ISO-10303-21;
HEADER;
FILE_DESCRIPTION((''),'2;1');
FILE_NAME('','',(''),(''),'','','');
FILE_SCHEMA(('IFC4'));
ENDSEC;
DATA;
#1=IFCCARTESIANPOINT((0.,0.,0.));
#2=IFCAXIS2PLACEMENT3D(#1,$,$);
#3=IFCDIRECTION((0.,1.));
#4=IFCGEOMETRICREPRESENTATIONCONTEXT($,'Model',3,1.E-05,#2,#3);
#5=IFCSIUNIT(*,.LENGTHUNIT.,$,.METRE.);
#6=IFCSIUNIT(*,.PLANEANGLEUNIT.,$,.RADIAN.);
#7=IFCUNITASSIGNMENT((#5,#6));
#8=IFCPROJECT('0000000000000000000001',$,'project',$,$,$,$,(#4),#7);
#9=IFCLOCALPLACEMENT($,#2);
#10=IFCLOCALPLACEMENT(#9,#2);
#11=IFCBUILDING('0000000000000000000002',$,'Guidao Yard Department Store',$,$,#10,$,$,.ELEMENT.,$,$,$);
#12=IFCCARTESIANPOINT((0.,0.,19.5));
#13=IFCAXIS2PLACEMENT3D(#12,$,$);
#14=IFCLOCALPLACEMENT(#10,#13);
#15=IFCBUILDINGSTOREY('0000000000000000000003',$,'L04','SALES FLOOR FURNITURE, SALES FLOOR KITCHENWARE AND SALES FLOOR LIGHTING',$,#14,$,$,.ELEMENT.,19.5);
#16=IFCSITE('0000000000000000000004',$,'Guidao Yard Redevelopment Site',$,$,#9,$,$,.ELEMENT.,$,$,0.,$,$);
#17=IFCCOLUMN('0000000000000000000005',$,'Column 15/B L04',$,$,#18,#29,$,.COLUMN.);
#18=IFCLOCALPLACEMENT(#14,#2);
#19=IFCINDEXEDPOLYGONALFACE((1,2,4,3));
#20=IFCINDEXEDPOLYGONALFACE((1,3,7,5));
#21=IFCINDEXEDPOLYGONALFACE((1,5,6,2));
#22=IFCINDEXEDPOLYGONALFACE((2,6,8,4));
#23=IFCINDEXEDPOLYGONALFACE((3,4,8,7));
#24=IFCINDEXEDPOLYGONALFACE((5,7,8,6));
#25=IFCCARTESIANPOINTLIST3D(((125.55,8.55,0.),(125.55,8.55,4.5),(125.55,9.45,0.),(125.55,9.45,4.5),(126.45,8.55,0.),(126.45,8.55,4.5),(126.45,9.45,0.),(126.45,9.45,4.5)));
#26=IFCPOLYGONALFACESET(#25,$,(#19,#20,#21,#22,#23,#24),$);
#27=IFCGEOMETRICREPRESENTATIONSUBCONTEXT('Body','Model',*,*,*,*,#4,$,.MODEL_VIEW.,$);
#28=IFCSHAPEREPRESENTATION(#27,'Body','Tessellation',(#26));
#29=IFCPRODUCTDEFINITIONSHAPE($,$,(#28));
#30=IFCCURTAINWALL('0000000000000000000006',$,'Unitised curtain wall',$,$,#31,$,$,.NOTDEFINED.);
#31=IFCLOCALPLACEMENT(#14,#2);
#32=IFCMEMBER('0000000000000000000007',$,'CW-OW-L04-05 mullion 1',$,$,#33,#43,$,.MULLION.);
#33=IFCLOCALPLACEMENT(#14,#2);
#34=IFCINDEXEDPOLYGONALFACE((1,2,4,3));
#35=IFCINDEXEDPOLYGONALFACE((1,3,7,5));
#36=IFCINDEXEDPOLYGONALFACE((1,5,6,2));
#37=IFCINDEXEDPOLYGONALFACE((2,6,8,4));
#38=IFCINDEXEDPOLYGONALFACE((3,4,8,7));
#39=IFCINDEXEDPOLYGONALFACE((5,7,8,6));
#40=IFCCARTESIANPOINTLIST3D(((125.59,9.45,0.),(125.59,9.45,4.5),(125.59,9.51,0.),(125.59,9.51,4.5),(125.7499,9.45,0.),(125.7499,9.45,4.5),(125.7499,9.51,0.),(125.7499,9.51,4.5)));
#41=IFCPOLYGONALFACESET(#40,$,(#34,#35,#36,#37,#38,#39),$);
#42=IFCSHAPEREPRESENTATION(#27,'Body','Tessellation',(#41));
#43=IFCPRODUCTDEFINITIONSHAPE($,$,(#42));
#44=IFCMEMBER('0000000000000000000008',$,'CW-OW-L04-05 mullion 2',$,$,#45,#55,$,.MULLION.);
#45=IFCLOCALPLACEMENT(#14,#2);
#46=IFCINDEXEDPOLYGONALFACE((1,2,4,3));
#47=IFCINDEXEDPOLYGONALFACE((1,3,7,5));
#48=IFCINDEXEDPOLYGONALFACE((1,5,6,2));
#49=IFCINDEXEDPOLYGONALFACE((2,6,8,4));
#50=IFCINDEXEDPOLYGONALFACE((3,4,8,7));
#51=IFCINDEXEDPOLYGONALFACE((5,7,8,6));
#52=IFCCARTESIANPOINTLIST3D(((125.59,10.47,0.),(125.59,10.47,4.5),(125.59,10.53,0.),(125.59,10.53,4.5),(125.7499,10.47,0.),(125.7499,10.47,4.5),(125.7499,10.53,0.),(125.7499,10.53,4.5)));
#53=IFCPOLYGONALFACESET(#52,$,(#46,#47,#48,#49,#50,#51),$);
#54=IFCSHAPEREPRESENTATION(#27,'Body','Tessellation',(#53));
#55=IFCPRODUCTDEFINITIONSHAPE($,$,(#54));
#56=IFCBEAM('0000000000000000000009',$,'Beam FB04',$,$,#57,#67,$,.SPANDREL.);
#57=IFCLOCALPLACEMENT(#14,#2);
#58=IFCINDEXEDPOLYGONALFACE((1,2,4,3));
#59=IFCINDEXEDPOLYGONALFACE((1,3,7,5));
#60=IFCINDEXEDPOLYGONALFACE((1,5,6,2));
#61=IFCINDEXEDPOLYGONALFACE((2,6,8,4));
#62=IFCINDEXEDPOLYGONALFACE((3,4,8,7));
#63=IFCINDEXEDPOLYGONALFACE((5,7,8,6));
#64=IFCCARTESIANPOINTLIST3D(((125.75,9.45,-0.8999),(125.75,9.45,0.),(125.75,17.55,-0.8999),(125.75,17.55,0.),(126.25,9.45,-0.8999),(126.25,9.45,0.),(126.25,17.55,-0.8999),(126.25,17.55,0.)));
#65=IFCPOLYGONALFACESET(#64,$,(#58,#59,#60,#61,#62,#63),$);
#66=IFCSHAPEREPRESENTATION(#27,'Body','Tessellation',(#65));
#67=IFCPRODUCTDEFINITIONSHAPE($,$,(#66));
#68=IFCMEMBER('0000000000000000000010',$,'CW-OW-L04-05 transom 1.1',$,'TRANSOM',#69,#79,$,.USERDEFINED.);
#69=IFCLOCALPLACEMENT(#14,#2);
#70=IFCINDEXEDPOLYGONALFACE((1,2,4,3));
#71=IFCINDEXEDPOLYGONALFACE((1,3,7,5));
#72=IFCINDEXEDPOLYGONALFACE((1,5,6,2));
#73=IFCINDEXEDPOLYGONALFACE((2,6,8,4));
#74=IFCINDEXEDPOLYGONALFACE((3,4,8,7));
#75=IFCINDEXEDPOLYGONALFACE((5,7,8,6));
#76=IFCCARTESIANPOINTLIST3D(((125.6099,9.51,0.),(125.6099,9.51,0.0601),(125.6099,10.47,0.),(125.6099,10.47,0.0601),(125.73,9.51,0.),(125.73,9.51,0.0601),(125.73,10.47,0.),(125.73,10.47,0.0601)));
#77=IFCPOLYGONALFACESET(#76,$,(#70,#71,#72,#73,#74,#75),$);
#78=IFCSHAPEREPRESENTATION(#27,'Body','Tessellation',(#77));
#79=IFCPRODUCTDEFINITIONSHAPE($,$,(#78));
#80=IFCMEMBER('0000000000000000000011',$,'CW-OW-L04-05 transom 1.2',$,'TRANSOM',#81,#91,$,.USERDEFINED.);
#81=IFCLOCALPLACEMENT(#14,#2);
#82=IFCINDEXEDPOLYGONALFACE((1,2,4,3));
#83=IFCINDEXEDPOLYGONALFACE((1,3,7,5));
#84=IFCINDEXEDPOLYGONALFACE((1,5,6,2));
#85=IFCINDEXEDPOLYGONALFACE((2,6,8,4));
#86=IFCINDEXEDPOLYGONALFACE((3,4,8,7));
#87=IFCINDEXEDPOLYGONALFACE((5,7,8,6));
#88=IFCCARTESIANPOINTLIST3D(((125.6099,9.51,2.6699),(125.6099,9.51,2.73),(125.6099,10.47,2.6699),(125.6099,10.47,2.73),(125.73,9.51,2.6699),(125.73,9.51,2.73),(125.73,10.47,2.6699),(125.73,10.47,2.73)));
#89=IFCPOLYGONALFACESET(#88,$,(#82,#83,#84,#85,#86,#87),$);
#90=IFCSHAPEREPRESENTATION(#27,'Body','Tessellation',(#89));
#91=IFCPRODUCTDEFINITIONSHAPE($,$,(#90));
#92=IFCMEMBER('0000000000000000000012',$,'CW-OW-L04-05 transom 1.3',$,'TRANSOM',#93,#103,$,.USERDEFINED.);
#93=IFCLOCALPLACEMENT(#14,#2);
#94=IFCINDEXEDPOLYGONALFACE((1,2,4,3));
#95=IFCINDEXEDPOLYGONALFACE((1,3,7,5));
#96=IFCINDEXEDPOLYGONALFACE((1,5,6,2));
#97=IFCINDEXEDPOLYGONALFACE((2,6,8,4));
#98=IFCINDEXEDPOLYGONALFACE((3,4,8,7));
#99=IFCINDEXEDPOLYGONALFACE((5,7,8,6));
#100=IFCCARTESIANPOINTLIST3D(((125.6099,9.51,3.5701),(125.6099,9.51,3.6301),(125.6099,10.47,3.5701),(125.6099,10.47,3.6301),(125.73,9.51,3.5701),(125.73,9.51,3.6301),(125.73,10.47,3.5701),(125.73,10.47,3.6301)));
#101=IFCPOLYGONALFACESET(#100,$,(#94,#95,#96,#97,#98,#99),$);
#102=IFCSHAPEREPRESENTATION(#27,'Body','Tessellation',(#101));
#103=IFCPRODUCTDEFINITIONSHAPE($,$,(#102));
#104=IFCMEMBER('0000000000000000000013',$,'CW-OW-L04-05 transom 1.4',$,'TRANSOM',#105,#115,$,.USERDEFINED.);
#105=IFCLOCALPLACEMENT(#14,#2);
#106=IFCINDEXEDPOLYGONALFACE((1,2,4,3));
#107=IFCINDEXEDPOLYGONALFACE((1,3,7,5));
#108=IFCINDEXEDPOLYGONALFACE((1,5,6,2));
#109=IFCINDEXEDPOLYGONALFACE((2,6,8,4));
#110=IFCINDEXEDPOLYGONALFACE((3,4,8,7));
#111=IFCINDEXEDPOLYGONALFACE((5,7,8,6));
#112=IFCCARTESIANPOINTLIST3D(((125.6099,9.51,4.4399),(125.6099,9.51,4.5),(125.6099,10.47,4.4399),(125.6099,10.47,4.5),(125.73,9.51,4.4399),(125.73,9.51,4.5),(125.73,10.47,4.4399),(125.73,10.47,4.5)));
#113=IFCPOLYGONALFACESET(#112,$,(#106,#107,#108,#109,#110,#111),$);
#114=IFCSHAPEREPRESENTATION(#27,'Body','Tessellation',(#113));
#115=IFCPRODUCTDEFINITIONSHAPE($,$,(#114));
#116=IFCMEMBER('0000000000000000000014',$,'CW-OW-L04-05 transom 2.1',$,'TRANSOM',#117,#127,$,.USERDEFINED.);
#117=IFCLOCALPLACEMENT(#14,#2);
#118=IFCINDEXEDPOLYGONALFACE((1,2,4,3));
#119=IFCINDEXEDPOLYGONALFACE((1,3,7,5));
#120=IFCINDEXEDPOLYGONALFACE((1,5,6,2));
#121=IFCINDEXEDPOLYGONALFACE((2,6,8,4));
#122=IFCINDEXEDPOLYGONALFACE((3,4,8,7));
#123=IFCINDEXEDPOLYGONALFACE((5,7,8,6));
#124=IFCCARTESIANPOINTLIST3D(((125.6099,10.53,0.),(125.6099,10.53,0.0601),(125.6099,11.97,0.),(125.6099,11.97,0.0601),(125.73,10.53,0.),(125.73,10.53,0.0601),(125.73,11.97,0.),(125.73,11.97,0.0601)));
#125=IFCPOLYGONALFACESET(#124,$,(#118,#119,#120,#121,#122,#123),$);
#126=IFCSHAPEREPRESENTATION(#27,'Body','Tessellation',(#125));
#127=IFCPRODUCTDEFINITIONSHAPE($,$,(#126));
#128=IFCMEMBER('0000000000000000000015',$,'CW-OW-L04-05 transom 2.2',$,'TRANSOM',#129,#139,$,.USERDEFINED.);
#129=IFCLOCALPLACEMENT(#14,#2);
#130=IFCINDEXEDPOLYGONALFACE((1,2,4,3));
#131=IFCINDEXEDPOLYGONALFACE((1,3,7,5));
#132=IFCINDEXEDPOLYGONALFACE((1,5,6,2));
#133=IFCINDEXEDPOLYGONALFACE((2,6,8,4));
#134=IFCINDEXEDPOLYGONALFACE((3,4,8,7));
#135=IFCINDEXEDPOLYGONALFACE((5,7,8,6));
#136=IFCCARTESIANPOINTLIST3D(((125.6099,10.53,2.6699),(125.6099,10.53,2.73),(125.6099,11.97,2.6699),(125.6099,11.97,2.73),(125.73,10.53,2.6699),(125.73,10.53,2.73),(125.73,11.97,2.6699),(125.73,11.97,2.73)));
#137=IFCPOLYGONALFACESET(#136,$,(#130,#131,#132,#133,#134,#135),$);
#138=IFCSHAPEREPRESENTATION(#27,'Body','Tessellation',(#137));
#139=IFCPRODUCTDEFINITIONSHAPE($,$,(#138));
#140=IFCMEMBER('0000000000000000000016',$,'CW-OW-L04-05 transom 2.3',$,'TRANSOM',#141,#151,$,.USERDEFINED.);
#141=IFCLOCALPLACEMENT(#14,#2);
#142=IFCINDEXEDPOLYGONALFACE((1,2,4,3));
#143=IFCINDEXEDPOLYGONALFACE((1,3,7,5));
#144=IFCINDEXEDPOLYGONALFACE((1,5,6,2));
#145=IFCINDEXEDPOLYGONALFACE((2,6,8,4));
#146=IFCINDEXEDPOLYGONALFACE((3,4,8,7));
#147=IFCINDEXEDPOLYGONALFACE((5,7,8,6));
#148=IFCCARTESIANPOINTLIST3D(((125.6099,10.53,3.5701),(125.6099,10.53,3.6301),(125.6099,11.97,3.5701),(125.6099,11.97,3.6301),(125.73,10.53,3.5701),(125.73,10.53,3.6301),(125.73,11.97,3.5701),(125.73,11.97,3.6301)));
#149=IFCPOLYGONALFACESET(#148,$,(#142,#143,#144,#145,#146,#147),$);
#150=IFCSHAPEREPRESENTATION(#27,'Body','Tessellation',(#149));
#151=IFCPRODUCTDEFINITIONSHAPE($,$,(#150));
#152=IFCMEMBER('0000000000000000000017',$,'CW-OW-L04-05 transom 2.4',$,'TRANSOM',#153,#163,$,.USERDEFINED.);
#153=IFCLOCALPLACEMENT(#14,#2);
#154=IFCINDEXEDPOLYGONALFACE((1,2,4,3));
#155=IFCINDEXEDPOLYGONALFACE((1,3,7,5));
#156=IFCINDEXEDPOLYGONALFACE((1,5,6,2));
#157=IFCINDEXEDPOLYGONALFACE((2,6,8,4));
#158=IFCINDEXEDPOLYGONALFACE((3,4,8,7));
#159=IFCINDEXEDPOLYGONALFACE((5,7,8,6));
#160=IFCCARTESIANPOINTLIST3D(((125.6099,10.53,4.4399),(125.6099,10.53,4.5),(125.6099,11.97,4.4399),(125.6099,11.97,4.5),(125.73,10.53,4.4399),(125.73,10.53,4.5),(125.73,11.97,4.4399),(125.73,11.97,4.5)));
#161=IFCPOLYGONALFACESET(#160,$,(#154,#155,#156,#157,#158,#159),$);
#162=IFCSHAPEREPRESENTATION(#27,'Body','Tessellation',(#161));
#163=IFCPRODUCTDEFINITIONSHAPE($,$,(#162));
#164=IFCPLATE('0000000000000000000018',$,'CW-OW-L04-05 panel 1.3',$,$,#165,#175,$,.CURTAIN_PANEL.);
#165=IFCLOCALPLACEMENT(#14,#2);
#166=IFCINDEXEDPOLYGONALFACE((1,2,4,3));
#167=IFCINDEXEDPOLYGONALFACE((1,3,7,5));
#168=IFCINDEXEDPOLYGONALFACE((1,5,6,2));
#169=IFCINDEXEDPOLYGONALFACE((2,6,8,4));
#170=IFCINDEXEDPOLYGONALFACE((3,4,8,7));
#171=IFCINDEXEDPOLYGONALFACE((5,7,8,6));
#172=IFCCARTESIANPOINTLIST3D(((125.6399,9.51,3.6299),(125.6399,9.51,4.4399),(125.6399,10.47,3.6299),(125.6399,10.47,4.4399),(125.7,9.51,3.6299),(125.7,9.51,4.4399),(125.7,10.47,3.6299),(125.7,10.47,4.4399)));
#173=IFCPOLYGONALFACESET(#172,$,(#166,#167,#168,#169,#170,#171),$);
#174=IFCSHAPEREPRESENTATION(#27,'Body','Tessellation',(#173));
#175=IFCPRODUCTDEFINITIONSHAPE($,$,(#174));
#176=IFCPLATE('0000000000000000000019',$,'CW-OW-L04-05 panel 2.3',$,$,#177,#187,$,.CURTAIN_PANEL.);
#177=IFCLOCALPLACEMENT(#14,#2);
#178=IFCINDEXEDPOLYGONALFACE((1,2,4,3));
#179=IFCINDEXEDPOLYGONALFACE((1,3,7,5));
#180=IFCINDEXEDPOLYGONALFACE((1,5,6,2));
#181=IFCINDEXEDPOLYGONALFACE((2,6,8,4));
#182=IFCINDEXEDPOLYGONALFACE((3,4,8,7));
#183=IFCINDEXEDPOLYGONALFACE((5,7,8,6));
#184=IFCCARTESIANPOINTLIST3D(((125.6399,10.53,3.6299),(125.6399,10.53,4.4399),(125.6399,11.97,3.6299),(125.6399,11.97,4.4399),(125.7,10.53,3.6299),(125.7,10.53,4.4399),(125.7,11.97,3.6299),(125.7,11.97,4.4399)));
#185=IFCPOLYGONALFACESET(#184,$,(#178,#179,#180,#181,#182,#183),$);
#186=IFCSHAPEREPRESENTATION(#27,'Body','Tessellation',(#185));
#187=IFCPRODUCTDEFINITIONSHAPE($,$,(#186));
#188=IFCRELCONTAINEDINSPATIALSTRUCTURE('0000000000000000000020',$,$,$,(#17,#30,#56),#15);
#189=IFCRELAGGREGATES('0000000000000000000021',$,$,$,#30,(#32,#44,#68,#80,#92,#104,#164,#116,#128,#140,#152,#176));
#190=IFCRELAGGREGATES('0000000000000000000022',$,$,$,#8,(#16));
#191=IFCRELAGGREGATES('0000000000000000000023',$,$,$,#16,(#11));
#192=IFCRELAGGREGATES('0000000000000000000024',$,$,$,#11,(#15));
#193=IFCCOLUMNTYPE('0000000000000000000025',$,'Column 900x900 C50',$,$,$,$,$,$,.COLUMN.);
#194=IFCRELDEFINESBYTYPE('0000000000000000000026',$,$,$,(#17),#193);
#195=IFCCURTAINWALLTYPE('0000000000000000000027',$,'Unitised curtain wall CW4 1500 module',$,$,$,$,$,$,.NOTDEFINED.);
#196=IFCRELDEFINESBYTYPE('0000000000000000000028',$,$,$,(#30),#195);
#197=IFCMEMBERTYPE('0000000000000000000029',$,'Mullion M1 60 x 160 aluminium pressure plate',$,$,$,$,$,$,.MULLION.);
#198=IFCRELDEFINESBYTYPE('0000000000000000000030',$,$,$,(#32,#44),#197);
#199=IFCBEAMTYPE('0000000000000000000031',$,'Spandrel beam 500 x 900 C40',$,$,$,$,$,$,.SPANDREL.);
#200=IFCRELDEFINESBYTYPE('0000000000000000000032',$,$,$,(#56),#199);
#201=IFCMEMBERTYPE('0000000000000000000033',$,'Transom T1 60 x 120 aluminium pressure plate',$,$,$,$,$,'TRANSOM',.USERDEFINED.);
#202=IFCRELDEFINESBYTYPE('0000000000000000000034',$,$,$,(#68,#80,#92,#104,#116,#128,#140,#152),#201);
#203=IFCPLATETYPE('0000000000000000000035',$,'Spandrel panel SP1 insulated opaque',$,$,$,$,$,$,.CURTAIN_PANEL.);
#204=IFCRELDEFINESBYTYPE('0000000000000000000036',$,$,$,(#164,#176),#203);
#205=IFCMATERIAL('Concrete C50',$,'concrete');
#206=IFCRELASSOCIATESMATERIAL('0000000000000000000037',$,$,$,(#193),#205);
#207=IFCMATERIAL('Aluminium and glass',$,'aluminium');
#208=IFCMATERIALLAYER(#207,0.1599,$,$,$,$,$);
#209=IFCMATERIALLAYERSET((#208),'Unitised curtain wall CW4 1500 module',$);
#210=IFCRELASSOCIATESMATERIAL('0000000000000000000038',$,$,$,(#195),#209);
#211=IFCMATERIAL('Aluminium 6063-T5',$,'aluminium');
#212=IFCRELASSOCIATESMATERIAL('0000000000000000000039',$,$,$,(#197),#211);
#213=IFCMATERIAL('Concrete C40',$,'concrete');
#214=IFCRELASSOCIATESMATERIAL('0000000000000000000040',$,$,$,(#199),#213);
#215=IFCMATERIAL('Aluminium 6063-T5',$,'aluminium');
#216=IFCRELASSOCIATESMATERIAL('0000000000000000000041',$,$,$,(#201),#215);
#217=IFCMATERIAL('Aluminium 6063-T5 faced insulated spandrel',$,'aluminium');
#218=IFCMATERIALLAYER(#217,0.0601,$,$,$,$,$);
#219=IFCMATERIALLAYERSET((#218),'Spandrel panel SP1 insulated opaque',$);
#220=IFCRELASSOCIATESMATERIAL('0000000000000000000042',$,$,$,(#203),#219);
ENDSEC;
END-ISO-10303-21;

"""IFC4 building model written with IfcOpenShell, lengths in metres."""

from ifc_helpers import new_model, si_unit, direction, frame, origin, origin_2d, place, context, subcontext, project, spatial, rectangle, extrude, material, layer, layer_set, material_profile, profile_set, type_object, element, aggregate, save


model = new_model("IFC4")

# Units and contexts
model_context = context("Model", 3, precision=1e-05, world=origin(), true_north=direction((0.0, 1.0)))
body_context = subcontext(model_context, "Body", "Model", "MODEL_VIEW")
ifc_project = project(units=[si_unit("LENGTHUNIT", "METRE"), si_unit("PLANEANGLEUNIT", "RADIAN")], contexts=[model_context])

# Site, building, storey
site_placement = place(None, origin())
site = spatial("IfcSite", under=ifc_project, at=site_placement, Name="Guidao Yard Redevelopment Site", CompositionType="ELEMENT", RefElevation=0.0)
building_placement = place(site_placement, origin())
building = spatial("IfcBuilding", under=site, at=building_placement, Name="Guidao Yard Department Store", CompositionType="ELEMENT")
storey_placement = place(building_placement, frame((0.0, 0.0, 19.5)))
storey = spatial("IfcBuildingStorey", under=building, at=storey_placement, Name="L04", Description="SALES FLOOR FURNITURE, SALES FLOOR KITCHENWARE AND SALES FLOOR LIGHTING", CompositionType="ELEMENT", Elevation=19.5)

# Column
ifc_material_1 = material(Name="Concrete C50", Category="concrete")
ifc_material_profile_1 = material_profile(ifc_material_1, rectangle(XDim=0.8999, YDim=0.8999, at=origin_2d()), Name="COL 900x900")
ifc_profile_set_1 = profile_set([ifc_material_profile_1], Name="Concrete C50")
column_type = type_object("IfcColumnType", Name="Column 900x900 C50", PredefinedType="COLUMN", material=ifc_profile_set_1)
column_placement = place(storey_placement, frame((126.0, 9.0, 0.0), z_axis=(0.0, 0.0, 1.0), x_axis=(1.0, 0.0, 0.0)))
element("IfcColumn", 1, at=column_placement, inside=storey, type_object=column_type, Name="Column 15/B L04", PredefinedType="COLUMN", context=body_context, shape_type="SweptSolid", body=[
    extrude(rectangle(XDim=0.8999, YDim=0.8999, at=origin_2d()), origin(), (0.0, 0.0, 1.0), 4.5),
])

# Curtain wall, members
ifc_material_2 = material(Name="Aluminium and glass", Category="aluminium")
ifc_layer_1 = layer(ifc_material_2, 0.1599)
ifc_layer_set_1 = layer_set([ifc_layer_1], Name="Unitised curtain wall CW4 1500 module")
curtain_wall_type = type_object("IfcCurtainWallType", Name="Unitised curtain wall CW4 1500 module", PredefinedType="NOTDEFINED", material=ifc_layer_set_1)
curtain_wall_placement = place(storey_placement, origin())
curtain_wall = element("IfcCurtainWall", 2, at=curtain_wall_placement, inside=storey, type_object=curtain_wall_type, Name="Unitised curtain wall", PredefinedType="NOTDEFINED")
ifc_material_3 = material(Name="Aluminium 6063-T5", Category="aluminium")
ifc_material_profile_2 = material_profile(ifc_material_3, rectangle(XDim=0.0601, YDim=0.1599, at=origin_2d()), Name="Mullion M1 60 x 160 aluminium pressure plate")
ifc_profile_set_2 = profile_set([ifc_material_profile_2], Name="Aluminium 6063-T5")
member_type_1 = type_object("IfcMemberType", Name="Mullion M1 60 x 160 aluminium pressure plate", PredefinedType="MULLION", material=ifc_profile_set_2)
member_1_placement = place(storey_placement, frame((125.6699, 9.48, 0.0), z_axis=(0.0, 0.0, 1.0), x_axis=(0.0, 1.0, 0.0)))
member_1 = element("IfcMember", 3, at=member_1_placement, type_object=member_type_1, Name="CW-OW-L04-05 mullion 1", PredefinedType="MULLION", context=body_context, shape_type="SweptSolid", body=[
    extrude(rectangle(XDim=0.0601, YDim=0.1599, at=origin_2d()), origin(), (0.0, 0.0, 1.0), 4.5),
])
member_2_placement = place(storey_placement, frame((125.6699, 10.5, 0.0), z_axis=(0.0, 0.0, 1.0), x_axis=(0.0, 1.0, 0.0)))
member_2 = element("IfcMember", 4, at=member_2_placement, type_object=member_type_1, Name="CW-OW-L04-05 mullion 2", PredefinedType="MULLION", context=body_context, shape_type="SweptSolid", body=[
    extrude(rectangle(XDim=0.0601, YDim=0.1599, at=origin_2d()), origin(), (0.0, 0.0, 1.0), 4.5),
])

# Beam
ifc_material_4 = material(Name="Concrete C40", Category="concrete")
ifc_material_profile_3 = material_profile(ifc_material_4, rectangle(XDim=0.5, YDim=0.8999, at=origin_2d()), Name="Spandrel beam 500 x 900 C40")
ifc_profile_set_3 = profile_set([ifc_material_profile_3], Name="Concrete C40")
beam_type = type_object("IfcBeamType", Name="Spandrel beam 500 x 900 C40", PredefinedType="SPANDREL", material=ifc_profile_set_3)
beam_placement = place(storey_placement, frame((126.0, 9.45, -0.45), z_axis=(0.0, 1.0, 0.0), x_axis=(-1.0, 0.0, 0.0)))
element("IfcBeam", 5, at=beam_placement, inside=storey, type_object=beam_type, Name="Beam FB04", PredefinedType="SPANDREL", context=body_context, shape_type="SweptSolid", body=[
    extrude(rectangle(XDim=0.5, YDim=0.8999, at=origin_2d()), origin(), (0.0, 0.0, 1.0), 8.1001),
])

# Members
ifc_material_5 = material(Name="Aluminium 6063-T5", Category="aluminium")
ifc_material_profile_4 = material_profile(ifc_material_5, rectangle(XDim=0.1201, YDim=0.0601, at=origin_2d()), Name="Transom T1 60 x 120 aluminium pressure plate")
ifc_profile_set_4 = profile_set([ifc_material_profile_4], Name="Aluminium 6063-T5")
member_type_2 = type_object("IfcMemberType", Name="Transom T1 60 x 120 aluminium pressure plate", ElementType="TRANSOM", PredefinedType="USERDEFINED", material=ifc_profile_set_4)
member_3_placement = place(storey_placement, frame((125.6699, 9.51, 0.03), z_axis=(0.0, 1.0, 0.0), x_axis=(-1.0, 0.0, 0.0)))
member_3 = element("IfcMember", 6, at=member_3_placement, type_object=member_type_2, Name="CW-OW-L04-05 transom 1.1", ObjectType="TRANSOM", PredefinedType="USERDEFINED", context=body_context, shape_type="SweptSolid", body=[
    extrude(rectangle(XDim=0.1201, YDim=0.0601, at=origin_2d()), origin(), (0.0, 0.0, 1.0), 0.96),
])
member_4_placement = place(storey_placement, frame((125.6699, 9.51, 2.7), z_axis=(0.0, 1.0, 0.0), x_axis=(-1.0, 0.0, 0.0)))
member_4 = element("IfcMember", 7, at=member_4_placement, type_object=member_type_2, Name="CW-OW-L04-05 transom 1.2", ObjectType="TRANSOM", PredefinedType="USERDEFINED", context=body_context, shape_type="SweptSolid", body=[
    extrude(rectangle(XDim=0.1201, YDim=0.0601, at=origin_2d()), origin(), (0.0, 0.0, 1.0), 0.96),
])
member_5_placement = place(storey_placement, frame((125.6699, 9.51, 3.6001), z_axis=(0.0, 1.0, 0.0), x_axis=(-1.0, 0.0, 0.0)))
member_5 = element("IfcMember", 8, at=member_5_placement, type_object=member_type_2, Name="CW-OW-L04-05 transom 1.3", ObjectType="TRANSOM", PredefinedType="USERDEFINED", context=body_context, shape_type="SweptSolid", body=[
    extrude(rectangle(XDim=0.1201, YDim=0.0601, at=origin_2d()), origin(), (0.0, 0.0, 1.0), 0.96),
])
member_6_placement = place(storey_placement, frame((125.6699, 9.51, 4.47), z_axis=(0.0, 1.0, 0.0), x_axis=(-1.0, 0.0, 0.0)))
member_6 = element("IfcMember", 9, at=member_6_placement, type_object=member_type_2, Name="CW-OW-L04-05 transom 1.4", ObjectType="TRANSOM", PredefinedType="USERDEFINED", context=body_context, shape_type="SweptSolid", body=[
    extrude(rectangle(XDim=0.1201, YDim=0.0601, at=origin_2d()), origin(), (0.0, 0.0, 1.0), 0.96),
])
member_7_placement = place(storey_placement, frame((125.6699, 10.53, 0.03), z_axis=(0.0, 1.0, 0.0), x_axis=(-1.0, 0.0, 0.0)))
member_7 = element("IfcMember", 10, at=member_7_placement, type_object=member_type_2, Name="CW-OW-L04-05 transom 2.1", ObjectType="TRANSOM", PredefinedType="USERDEFINED", context=body_context, shape_type="SweptSolid", body=[
    extrude(rectangle(XDim=0.1201, YDim=0.0601, at=origin_2d()), origin(), (0.0, 0.0, 1.0), 1.4399),
])
member_8_placement = place(storey_placement, frame((125.6699, 10.53, 2.7), z_axis=(0.0, 1.0, 0.0), x_axis=(-1.0, 0.0, 0.0)))
member_8 = element("IfcMember", 11, at=member_8_placement, type_object=member_type_2, Name="CW-OW-L04-05 transom 2.2", ObjectType="TRANSOM", PredefinedType="USERDEFINED", context=body_context, shape_type="SweptSolid", body=[
    extrude(rectangle(XDim=0.1201, YDim=0.0601, at=origin_2d()), origin(), (0.0, 0.0, 1.0), 1.4399),
])
member_9_placement = place(storey_placement, frame((125.6699, 10.53, 3.6001), z_axis=(0.0, 1.0, 0.0), x_axis=(-1.0, 0.0, 0.0)))
member_9 = element("IfcMember", 12, at=member_9_placement, type_object=member_type_2, Name="CW-OW-L04-05 transom 2.3", ObjectType="TRANSOM", PredefinedType="USERDEFINED", context=body_context, shape_type="SweptSolid", body=[
    extrude(rectangle(XDim=0.1201, YDim=0.0601, at=origin_2d()), origin(), (0.0, 0.0, 1.0), 1.4399),
])
member_10_placement = place(storey_placement, frame((125.6699, 10.53, 4.47), z_axis=(0.0, 1.0, 0.0), x_axis=(-1.0, 0.0, 0.0)))
member_10 = element("IfcMember", 13, at=member_10_placement, type_object=member_type_2, Name="CW-OW-L04-05 transom 2.4", ObjectType="TRANSOM", PredefinedType="USERDEFINED", context=body_context, shape_type="SweptSolid", body=[
    extrude(rectangle(XDim=0.1201, YDim=0.0601, at=origin_2d()), origin(), (0.0, 0.0, 1.0), 1.4399),
])

# Plates
ifc_material_6 = material(Name="Aluminium 6063-T5 faced insulated spandrel", Category="aluminium")
ifc_layer_2 = layer(ifc_material_6, 0.0601)
ifc_layer_set_2 = layer_set([ifc_layer_2], Name="Spandrel panel SP1 insulated opaque")
plate_type_1 = type_object("IfcPlateType", Name="Spandrel panel SP1 insulated opaque", PredefinedType="CURTAIN_PANEL", material=ifc_layer_set_2)
plate_1_placement = place(storey_placement, frame((125.6699, 9.99, 3.6299), z_axis=(0.0, 0.0, 1.0), x_axis=(0.0, 1.0, 0.0)))
plate_1 = element("IfcPlate", 14, at=plate_1_placement, type_object=plate_type_1, Name="CW-OW-L04-05 panel 1.3", PredefinedType="CURTAIN_PANEL", context=body_context, shape_type="SweptSolid", body=[
    extrude(rectangle(XDim=0.96, YDim=0.0601, at=origin_2d()), origin(), (0.0, 0.0, 1.0), 0.8101),
])
plate_2_placement = place(storey_placement, frame((125.6699, 11.25, 3.6299), z_axis=(0.0, 0.0, 1.0), x_axis=(0.0, 1.0, 0.0)))
plate_2 = element("IfcPlate", 15, at=plate_2_placement, type_object=plate_type_1, Name="CW-OW-L04-05 panel 2.3", PredefinedType="CURTAIN_PANEL", context=body_context, shape_type="SweptSolid", body=[
    extrude(rectangle(XDim=1.4399, YDim=0.0601, at=origin_2d()), origin(), (0.0, 0.0, 1.0), 0.8101),
])
aggregate(curtain_wall, [member_1, member_2, member_3, member_4, member_5, member_6, plate_1, member_7, member_8, member_9, member_10, plate_2])

save(model, "model.ifc")
